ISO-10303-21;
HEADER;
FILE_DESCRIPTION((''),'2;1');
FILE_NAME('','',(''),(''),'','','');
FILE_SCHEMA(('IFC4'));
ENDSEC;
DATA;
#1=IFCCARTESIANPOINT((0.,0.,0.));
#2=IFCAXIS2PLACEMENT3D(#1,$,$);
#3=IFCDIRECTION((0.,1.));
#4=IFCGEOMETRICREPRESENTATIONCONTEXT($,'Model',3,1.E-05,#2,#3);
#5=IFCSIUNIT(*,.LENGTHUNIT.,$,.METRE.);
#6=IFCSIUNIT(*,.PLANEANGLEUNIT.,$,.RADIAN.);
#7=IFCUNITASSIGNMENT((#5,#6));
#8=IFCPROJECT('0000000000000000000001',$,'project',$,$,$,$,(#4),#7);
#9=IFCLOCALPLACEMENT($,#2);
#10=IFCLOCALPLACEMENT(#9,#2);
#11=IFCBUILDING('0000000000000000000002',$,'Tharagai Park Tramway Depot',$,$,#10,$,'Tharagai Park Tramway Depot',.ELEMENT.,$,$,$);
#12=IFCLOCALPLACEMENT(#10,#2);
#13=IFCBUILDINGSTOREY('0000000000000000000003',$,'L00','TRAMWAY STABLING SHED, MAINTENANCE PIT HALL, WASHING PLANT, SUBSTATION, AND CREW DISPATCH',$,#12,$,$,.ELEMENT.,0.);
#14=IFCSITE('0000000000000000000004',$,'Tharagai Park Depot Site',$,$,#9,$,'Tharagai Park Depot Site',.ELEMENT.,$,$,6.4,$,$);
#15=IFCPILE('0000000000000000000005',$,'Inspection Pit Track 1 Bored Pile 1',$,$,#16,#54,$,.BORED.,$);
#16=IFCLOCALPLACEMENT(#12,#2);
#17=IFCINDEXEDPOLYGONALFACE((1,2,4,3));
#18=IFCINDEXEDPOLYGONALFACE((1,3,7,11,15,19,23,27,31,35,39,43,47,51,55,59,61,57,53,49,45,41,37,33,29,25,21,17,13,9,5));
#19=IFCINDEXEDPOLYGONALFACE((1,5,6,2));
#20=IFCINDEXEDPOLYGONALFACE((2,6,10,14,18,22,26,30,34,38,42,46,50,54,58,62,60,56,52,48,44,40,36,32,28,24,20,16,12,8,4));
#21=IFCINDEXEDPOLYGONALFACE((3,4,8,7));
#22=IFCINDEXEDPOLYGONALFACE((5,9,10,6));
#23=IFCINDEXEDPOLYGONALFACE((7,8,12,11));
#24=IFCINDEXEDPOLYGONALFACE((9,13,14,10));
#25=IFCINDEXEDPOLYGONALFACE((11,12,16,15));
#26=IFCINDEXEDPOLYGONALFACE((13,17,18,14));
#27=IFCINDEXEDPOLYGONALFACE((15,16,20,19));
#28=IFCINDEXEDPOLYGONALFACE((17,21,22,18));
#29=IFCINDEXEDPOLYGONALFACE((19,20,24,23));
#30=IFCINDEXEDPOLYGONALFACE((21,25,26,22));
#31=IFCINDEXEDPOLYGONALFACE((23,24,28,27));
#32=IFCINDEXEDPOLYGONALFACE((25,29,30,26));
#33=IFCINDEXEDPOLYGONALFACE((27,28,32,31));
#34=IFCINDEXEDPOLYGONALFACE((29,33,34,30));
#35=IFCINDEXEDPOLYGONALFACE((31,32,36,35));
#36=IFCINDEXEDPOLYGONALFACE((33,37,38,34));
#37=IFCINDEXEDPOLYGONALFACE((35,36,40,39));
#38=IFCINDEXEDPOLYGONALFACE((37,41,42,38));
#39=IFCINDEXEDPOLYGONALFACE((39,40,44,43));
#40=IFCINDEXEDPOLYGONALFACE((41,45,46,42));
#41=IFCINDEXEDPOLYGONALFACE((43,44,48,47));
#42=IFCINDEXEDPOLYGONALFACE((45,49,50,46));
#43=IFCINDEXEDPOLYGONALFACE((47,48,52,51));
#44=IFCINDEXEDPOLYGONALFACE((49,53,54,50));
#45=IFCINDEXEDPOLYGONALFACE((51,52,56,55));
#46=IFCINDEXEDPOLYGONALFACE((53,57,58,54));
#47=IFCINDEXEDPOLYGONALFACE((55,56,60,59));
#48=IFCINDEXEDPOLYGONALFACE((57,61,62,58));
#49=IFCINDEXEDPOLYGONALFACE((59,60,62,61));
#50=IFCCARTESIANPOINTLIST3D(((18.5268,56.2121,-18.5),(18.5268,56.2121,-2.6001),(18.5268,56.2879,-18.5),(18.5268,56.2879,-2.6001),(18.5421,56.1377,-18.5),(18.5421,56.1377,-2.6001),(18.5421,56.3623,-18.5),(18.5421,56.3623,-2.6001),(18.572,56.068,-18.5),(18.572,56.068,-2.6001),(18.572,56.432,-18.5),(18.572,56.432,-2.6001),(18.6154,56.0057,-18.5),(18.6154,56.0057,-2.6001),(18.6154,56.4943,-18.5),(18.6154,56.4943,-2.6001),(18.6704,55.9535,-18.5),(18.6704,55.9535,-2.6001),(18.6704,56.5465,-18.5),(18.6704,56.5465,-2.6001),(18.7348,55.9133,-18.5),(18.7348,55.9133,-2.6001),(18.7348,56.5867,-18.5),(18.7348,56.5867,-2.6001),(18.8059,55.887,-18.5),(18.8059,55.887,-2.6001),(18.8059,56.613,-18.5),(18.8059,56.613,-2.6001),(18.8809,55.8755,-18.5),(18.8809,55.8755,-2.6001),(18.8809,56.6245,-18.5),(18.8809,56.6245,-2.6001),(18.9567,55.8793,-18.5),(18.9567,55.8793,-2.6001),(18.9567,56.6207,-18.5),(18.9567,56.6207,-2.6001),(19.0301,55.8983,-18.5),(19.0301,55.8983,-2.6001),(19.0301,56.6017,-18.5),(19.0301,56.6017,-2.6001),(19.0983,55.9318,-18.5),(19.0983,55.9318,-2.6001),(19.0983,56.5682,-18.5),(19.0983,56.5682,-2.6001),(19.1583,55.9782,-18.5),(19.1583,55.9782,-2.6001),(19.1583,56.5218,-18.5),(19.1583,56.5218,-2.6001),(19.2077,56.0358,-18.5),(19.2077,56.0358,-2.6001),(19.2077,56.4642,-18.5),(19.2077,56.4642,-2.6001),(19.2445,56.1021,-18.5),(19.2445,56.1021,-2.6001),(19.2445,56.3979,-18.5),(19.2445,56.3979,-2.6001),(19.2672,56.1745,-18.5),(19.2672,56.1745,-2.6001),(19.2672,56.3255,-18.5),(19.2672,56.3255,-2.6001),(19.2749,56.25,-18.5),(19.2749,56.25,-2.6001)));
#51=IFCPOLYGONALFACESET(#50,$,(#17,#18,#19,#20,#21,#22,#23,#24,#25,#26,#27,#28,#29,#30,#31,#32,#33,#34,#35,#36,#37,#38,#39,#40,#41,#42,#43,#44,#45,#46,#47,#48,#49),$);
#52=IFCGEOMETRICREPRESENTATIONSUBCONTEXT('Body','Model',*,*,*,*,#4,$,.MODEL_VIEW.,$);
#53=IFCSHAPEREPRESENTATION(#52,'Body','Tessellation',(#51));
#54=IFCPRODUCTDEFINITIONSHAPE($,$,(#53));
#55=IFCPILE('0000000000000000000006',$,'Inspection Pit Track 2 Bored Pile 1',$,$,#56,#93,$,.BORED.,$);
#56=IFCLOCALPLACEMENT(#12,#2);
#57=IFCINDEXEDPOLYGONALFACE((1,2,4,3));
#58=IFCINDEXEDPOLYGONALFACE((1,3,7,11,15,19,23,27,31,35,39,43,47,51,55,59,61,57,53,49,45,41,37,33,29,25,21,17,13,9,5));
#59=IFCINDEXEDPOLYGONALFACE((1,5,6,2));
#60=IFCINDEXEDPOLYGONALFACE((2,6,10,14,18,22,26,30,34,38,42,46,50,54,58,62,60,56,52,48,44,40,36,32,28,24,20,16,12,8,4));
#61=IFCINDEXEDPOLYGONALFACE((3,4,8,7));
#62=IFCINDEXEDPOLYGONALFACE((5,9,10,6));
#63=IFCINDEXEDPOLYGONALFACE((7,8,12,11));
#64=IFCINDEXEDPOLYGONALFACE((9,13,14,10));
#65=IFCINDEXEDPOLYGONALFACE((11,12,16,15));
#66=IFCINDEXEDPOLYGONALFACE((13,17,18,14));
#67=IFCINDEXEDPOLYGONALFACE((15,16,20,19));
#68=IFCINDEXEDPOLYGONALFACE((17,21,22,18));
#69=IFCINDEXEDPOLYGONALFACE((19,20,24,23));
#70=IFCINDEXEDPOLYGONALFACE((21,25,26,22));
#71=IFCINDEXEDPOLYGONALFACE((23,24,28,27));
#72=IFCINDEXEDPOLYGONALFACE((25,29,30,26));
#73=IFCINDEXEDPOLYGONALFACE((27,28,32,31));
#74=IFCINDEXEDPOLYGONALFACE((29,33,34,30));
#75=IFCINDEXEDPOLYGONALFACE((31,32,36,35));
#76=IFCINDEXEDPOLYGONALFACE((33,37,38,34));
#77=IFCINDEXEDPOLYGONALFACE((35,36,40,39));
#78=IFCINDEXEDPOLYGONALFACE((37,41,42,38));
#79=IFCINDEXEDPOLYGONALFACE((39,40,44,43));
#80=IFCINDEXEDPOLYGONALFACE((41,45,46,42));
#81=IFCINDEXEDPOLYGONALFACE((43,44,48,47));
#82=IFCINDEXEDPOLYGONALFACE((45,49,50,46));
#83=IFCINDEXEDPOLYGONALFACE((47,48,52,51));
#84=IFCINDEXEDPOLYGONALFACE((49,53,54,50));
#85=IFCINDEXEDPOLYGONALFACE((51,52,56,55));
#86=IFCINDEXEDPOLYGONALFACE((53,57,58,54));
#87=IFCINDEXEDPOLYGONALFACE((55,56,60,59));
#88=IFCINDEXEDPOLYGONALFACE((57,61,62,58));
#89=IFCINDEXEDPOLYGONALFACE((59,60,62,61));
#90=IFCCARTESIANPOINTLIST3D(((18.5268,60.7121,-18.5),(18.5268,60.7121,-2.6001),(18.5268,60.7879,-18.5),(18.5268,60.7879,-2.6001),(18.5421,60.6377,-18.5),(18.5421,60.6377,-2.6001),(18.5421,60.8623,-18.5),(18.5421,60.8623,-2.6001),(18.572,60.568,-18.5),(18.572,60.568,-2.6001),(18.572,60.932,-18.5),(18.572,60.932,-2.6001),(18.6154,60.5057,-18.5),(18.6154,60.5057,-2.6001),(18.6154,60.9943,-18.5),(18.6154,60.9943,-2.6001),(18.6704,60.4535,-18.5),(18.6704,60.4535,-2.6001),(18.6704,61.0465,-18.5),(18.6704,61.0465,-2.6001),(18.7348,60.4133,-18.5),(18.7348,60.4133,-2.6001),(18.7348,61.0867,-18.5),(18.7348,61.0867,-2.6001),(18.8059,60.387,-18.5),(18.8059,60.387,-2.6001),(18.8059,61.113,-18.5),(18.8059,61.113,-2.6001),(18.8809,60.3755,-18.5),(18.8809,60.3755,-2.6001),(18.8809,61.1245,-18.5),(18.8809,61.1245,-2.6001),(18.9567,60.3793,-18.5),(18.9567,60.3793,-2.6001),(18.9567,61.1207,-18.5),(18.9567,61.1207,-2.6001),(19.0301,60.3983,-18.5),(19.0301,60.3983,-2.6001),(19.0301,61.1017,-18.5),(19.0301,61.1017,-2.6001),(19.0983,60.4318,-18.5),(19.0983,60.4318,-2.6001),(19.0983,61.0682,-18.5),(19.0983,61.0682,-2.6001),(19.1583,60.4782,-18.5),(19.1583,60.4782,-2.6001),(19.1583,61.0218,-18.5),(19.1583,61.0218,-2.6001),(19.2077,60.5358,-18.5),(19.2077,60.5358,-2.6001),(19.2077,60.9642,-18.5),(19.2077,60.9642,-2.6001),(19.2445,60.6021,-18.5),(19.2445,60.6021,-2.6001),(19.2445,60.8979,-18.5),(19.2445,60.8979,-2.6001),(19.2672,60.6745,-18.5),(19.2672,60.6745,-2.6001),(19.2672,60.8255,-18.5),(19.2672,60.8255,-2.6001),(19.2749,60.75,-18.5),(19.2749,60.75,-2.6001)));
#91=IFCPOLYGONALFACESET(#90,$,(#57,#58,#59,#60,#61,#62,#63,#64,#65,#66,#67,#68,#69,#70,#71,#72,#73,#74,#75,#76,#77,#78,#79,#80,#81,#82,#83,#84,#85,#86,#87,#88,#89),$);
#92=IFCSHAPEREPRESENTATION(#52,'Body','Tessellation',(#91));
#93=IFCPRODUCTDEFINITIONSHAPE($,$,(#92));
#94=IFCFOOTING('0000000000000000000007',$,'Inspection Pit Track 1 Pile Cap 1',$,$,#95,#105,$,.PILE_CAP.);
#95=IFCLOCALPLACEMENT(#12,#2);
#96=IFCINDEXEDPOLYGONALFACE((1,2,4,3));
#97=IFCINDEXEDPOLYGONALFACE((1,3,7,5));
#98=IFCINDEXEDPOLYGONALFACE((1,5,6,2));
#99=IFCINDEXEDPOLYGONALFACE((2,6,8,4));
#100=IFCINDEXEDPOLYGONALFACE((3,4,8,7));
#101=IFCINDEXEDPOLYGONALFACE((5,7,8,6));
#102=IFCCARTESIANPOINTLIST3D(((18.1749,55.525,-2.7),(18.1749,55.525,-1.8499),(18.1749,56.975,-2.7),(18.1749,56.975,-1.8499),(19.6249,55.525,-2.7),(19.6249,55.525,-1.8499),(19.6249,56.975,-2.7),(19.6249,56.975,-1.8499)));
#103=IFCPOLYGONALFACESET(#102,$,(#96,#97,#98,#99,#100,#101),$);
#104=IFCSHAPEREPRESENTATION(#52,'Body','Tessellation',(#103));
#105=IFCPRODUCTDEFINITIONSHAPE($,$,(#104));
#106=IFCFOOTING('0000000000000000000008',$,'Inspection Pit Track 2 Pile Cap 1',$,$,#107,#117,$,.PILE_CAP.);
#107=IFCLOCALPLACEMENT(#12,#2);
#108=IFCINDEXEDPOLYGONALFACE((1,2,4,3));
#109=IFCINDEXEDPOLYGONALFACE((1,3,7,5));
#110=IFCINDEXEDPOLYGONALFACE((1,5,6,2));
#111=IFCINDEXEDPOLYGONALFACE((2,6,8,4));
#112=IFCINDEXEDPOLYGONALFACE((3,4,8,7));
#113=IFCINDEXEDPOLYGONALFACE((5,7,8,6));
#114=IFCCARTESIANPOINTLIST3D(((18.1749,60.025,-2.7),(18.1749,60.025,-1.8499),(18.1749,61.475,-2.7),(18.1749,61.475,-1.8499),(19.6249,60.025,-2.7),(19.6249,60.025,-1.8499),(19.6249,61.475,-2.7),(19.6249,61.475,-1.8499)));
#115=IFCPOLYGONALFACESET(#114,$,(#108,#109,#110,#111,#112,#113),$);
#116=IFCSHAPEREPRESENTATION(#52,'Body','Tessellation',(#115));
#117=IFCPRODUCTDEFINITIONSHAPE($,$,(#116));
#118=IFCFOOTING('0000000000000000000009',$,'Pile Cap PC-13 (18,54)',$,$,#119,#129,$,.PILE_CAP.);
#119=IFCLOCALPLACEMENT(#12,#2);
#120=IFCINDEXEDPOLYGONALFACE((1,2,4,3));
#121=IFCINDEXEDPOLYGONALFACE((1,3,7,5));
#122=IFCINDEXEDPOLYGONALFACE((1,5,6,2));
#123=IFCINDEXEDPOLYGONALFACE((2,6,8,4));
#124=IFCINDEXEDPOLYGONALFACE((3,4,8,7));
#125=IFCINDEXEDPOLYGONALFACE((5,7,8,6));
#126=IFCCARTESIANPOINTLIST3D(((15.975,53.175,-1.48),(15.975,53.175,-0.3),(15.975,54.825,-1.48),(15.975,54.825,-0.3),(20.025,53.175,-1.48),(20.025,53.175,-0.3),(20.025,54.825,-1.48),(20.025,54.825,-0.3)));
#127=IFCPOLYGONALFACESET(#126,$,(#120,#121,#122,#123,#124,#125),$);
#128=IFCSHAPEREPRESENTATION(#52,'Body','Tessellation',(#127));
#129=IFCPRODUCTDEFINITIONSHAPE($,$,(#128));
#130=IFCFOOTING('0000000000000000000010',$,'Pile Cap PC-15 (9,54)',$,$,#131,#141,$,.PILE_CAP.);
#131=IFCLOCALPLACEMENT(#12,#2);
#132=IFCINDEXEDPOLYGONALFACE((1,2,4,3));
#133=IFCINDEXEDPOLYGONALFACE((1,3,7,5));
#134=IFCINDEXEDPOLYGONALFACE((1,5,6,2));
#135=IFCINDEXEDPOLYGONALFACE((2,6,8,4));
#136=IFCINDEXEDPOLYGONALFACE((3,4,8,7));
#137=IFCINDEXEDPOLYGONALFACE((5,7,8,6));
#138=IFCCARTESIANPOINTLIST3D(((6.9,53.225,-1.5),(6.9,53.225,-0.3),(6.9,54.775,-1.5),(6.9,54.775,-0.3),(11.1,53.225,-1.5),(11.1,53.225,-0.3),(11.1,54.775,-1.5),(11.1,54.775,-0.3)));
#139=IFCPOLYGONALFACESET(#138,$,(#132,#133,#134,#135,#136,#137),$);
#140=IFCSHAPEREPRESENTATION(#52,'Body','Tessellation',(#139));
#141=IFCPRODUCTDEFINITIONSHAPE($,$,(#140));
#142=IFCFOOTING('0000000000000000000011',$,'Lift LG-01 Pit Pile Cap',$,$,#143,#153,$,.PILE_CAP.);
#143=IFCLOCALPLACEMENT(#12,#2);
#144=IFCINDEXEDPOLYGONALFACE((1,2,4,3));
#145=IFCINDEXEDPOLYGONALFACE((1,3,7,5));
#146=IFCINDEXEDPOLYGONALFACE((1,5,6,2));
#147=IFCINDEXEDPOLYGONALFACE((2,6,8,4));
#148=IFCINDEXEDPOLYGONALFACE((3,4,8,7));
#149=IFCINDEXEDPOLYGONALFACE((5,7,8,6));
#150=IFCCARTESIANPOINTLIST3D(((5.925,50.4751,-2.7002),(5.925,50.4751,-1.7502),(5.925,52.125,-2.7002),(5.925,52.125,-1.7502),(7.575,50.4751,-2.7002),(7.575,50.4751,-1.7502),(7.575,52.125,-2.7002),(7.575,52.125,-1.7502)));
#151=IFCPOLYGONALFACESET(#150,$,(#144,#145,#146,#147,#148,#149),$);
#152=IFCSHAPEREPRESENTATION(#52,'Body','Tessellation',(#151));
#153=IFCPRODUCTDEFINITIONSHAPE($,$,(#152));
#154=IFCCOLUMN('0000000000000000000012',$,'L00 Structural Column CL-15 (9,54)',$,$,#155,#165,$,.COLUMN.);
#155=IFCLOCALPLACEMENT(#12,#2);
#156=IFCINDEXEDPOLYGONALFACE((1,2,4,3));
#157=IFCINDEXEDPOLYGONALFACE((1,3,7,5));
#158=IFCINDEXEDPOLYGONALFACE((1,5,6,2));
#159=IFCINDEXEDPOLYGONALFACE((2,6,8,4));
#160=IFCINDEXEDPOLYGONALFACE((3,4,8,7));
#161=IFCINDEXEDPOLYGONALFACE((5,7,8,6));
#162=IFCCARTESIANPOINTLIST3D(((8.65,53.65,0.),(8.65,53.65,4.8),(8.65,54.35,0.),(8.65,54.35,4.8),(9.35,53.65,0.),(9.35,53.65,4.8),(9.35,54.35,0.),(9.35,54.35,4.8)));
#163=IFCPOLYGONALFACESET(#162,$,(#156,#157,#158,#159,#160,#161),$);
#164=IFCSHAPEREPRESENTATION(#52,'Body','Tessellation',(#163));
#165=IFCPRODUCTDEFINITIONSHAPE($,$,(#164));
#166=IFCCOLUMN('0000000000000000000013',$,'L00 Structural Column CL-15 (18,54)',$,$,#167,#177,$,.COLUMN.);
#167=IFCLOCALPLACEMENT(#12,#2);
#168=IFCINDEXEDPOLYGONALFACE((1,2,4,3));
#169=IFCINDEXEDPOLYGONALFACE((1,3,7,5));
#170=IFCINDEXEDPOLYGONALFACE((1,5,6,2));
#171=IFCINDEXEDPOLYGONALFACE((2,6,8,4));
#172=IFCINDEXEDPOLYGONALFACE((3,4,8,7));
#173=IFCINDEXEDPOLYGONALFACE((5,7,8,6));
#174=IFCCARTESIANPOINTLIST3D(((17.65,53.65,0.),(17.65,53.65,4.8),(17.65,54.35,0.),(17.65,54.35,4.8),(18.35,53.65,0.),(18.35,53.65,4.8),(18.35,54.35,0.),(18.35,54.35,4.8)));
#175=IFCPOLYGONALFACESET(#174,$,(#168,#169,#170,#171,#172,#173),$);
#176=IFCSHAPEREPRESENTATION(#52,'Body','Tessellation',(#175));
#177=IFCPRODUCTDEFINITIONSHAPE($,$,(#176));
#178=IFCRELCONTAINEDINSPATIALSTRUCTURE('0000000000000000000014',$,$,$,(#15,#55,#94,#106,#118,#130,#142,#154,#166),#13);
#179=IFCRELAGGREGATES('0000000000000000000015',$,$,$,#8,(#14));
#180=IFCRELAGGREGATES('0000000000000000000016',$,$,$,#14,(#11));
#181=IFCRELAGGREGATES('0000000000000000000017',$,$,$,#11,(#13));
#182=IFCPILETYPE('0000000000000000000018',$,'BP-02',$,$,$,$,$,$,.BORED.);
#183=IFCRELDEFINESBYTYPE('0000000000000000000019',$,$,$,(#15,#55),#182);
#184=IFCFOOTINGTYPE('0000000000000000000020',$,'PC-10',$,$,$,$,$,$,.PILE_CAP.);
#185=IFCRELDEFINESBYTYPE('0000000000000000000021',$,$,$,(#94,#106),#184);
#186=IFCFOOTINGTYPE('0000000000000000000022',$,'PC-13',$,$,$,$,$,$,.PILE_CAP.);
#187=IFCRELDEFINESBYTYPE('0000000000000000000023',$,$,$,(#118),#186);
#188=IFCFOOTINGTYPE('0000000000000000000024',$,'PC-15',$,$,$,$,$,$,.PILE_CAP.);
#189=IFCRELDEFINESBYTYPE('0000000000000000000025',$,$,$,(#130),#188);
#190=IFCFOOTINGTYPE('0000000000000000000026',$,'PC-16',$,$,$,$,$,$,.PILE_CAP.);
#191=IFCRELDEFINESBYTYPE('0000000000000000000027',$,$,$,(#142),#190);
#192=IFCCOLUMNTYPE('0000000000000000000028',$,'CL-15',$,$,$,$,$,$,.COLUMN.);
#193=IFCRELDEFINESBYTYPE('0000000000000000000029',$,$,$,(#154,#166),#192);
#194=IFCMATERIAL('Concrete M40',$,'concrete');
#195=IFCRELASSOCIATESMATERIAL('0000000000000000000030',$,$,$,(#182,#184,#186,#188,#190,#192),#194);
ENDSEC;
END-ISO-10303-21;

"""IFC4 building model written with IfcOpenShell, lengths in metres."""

from ifc_helpers import new_model, si_unit, direction, frame, origin, origin_2d, place, context, subcontext, project, spatial, rectangle, circle, extrude, material, material_profile, profile_set, type_object, element, save


model = new_model("IFC4")

# Units and contexts
model_context = context("Model", 3, precision=1e-05, world=origin(), true_north=direction((0.0, 1.0)))
body_context = subcontext(model_context, "Body", "Model", "MODEL_VIEW")
ifc_project = project(units=[si_unit("LENGTHUNIT", "METRE"), si_unit("PLANEANGLEUNIT", "RADIAN")], contexts=[model_context])

# Site, building, storey
site_placement = place(None, origin())
site = spatial("IfcSite", under=ifc_project, at=site_placement, Name="Tharagai Park Depot Site", LongName="Tharagai Park Depot Site", CompositionType="ELEMENT", RefElevation=6.4)
building_placement = place(site_placement, origin())
building = spatial("IfcBuilding", under=site, at=building_placement, Name="Tharagai Park Tramway Depot", LongName="Tharagai Park Tramway Depot", CompositionType="ELEMENT")
storey_placement = place(building_placement, origin())
storey = spatial("IfcBuildingStorey", under=building, at=storey_placement, Name="L00", Description="TRAMWAY STABLING SHED, MAINTENANCE PIT HALL, WASHING PLANT, SUBSTATION, AND CREW DISPATCH", CompositionType="ELEMENT", Elevation=0.0)

# Piles
ifc_material_1 = material(Name="Concrete M40", Category="concrete")
ifc_material_profile_1 = material_profile(ifc_material_1, circle(Radius=0.375, at=origin_2d()), Name="PILE D750")
ifc_profile_set_1 = profile_set([ifc_material_profile_1], Name="Concrete M40")
pile_type_1 = type_object("IfcPileType", Name="BP-02", PredefinedType="BORED", material=ifc_profile_set_1)
for number, where, z_axis, x_axis, name in (
    (1, (18.8999, 56.25, -2.6001), (0.0, 0.0, -1.0), (1.0, 0.0, 0.0), "Inspection Pit Track 1 Bored Pile 1"),
    (2, (18.8999, 60.75, -2.6001), (0.0, 0.0, -1.0), (1.0, 0.0, 0.0), "Inspection Pit Track 2 Bored Pile 1"),
):
    element("IfcPile", number, at=place(storey_placement, frame(where, z_axis=z_axis, x_axis=x_axis)), inside=storey, type_object=pile_type_1, Name=name, PredefinedType="BORED", context=body_context, shape_type="SweptSolid", body=[
        extrude(circle(Radius=0.375, at=origin_2d()), origin(), (0.0, 0.0, 1.0), 15.8999),
    ])

# Footings
footing_type_1 = type_object("IfcFootingType", Name="PC-10", PredefinedType="PILE_CAP", material=ifc_material_1)
for number, where, z_axis, x_axis, name in (
    (3, (18.8999, 56.25, -2.7), (0.0, 0.0, 1.0), (1.0, 0.0, 0.0), "Inspection Pit Track 1 Pile Cap 1"),
    (4, (18.8999, 60.75, -2.7), (0.0, 0.0, 1.0), (1.0, 0.0, 0.0), "Inspection Pit Track 2 Pile Cap 1"),
):
    element("IfcFooting", number, at=place(storey_placement, frame(where, z_axis=z_axis, x_axis=x_axis)), inside=storey, type_object=footing_type_1, Name=name, PredefinedType="PILE_CAP", context=body_context, shape_type="SweptSolid", body=[
        extrude(rectangle(XDim=1.45, YDim=1.45, at=origin_2d()), origin(), (0.0, 0.0, 1.0), 0.8501),
    ])
footing_type_2 = type_object("IfcFootingType", Name="PC-13", PredefinedType="PILE_CAP", material=ifc_material_1)
footing_1_placement = place(storey_placement, frame((18.0, 54.0, -1.48), z_axis=(0.0, 0.0, 1.0), x_axis=(1.0, 0.0, 0.0)))
element("IfcFooting", 5, at=footing_1_placement, inside=storey, type_object=footing_type_2, Name="Pile Cap PC-13 (18,54)", PredefinedType="PILE_CAP", context=body_context, shape_type="SweptSolid", body=[
    extrude(rectangle(XDim=4.05, YDim=1.6499, at=origin_2d()), origin(), (0.0, 0.0, 1.0), 1.1799),
])
footing_type_3 = type_object("IfcFootingType", Name="PC-15", PredefinedType="PILE_CAP", material=ifc_material_1)
footing_2_placement = place(storey_placement, frame((9.0, 54.0, -1.5), z_axis=(0.0, 0.0, 1.0), x_axis=(1.0, 0.0, 0.0)))
element("IfcFooting", 6, at=footing_2_placement, inside=storey, type_object=footing_type_3, Name="Pile Cap PC-15 (9,54)", PredefinedType="PILE_CAP", context=body_context, shape_type="SweptSolid", body=[
    extrude(rectangle(XDim=4.2, YDim=1.55, at=origin_2d()), origin(), (0.0, 0.0, 1.0), 1.2),
])
footing_type_4 = type_object("IfcFootingType", Name="PC-16", PredefinedType="PILE_CAP", material=ifc_material_1)
footing_3_placement = place(storey_placement, frame((6.75, 51.3, -2.7002), z_axis=(0.0, 0.0, 1.0), x_axis=(1.0, 0.0, 0.0)))
element("IfcFooting", 7, at=footing_3_placement, inside=storey, type_object=footing_type_4, Name="Lift LG-01 Pit Pile Cap", PredefinedType="PILE_CAP", context=body_context, shape_type="SweptSolid", body=[
    extrude(rectangle(XDim=1.6499, YDim=1.6499, at=origin_2d()), origin(), (0.0, 0.0, 1.0), 0.95),
])

# Columns
ifc_material_profile_2 = material_profile(ifc_material_1, rectangle(XDim=0.7, YDim=0.7, at=origin_2d()), Name="RC 700x700")
ifc_profile_set_2 = profile_set([ifc_material_profile_2], Name="Concrete M40")
column_type = type_object("IfcColumnType", Name="CL-15", PredefinedType="COLUMN", material=ifc_profile_set_2)
for number, where, z_axis, x_axis, name in (
    (8, (9.0, 54.0, 0.0), (0.0, 0.0, 1.0), (1.0, 0.0, 0.0), "L00 Structural Column CL-15 (9,54)"),
    (9, (18.0, 54.0, 0.0), (0.0, 0.0, 1.0), (1.0, 0.0, 0.0), "L00 Structural Column CL-15 (18,54)"),
):
    element("IfcColumn", number, at=place(storey_placement, frame(where, z_axis=z_axis, x_axis=x_axis)), inside=storey, type_object=column_type, Name=name, PredefinedType="COLUMN", context=body_context, shape_type="SweptSolid", body=[
        extrude(rectangle(XDim=0.7, YDim=0.7, at=origin_2d()), origin(), (0.0, 0.0, 1.0), 4.8),
    ])

save(model, "model.ifc")
